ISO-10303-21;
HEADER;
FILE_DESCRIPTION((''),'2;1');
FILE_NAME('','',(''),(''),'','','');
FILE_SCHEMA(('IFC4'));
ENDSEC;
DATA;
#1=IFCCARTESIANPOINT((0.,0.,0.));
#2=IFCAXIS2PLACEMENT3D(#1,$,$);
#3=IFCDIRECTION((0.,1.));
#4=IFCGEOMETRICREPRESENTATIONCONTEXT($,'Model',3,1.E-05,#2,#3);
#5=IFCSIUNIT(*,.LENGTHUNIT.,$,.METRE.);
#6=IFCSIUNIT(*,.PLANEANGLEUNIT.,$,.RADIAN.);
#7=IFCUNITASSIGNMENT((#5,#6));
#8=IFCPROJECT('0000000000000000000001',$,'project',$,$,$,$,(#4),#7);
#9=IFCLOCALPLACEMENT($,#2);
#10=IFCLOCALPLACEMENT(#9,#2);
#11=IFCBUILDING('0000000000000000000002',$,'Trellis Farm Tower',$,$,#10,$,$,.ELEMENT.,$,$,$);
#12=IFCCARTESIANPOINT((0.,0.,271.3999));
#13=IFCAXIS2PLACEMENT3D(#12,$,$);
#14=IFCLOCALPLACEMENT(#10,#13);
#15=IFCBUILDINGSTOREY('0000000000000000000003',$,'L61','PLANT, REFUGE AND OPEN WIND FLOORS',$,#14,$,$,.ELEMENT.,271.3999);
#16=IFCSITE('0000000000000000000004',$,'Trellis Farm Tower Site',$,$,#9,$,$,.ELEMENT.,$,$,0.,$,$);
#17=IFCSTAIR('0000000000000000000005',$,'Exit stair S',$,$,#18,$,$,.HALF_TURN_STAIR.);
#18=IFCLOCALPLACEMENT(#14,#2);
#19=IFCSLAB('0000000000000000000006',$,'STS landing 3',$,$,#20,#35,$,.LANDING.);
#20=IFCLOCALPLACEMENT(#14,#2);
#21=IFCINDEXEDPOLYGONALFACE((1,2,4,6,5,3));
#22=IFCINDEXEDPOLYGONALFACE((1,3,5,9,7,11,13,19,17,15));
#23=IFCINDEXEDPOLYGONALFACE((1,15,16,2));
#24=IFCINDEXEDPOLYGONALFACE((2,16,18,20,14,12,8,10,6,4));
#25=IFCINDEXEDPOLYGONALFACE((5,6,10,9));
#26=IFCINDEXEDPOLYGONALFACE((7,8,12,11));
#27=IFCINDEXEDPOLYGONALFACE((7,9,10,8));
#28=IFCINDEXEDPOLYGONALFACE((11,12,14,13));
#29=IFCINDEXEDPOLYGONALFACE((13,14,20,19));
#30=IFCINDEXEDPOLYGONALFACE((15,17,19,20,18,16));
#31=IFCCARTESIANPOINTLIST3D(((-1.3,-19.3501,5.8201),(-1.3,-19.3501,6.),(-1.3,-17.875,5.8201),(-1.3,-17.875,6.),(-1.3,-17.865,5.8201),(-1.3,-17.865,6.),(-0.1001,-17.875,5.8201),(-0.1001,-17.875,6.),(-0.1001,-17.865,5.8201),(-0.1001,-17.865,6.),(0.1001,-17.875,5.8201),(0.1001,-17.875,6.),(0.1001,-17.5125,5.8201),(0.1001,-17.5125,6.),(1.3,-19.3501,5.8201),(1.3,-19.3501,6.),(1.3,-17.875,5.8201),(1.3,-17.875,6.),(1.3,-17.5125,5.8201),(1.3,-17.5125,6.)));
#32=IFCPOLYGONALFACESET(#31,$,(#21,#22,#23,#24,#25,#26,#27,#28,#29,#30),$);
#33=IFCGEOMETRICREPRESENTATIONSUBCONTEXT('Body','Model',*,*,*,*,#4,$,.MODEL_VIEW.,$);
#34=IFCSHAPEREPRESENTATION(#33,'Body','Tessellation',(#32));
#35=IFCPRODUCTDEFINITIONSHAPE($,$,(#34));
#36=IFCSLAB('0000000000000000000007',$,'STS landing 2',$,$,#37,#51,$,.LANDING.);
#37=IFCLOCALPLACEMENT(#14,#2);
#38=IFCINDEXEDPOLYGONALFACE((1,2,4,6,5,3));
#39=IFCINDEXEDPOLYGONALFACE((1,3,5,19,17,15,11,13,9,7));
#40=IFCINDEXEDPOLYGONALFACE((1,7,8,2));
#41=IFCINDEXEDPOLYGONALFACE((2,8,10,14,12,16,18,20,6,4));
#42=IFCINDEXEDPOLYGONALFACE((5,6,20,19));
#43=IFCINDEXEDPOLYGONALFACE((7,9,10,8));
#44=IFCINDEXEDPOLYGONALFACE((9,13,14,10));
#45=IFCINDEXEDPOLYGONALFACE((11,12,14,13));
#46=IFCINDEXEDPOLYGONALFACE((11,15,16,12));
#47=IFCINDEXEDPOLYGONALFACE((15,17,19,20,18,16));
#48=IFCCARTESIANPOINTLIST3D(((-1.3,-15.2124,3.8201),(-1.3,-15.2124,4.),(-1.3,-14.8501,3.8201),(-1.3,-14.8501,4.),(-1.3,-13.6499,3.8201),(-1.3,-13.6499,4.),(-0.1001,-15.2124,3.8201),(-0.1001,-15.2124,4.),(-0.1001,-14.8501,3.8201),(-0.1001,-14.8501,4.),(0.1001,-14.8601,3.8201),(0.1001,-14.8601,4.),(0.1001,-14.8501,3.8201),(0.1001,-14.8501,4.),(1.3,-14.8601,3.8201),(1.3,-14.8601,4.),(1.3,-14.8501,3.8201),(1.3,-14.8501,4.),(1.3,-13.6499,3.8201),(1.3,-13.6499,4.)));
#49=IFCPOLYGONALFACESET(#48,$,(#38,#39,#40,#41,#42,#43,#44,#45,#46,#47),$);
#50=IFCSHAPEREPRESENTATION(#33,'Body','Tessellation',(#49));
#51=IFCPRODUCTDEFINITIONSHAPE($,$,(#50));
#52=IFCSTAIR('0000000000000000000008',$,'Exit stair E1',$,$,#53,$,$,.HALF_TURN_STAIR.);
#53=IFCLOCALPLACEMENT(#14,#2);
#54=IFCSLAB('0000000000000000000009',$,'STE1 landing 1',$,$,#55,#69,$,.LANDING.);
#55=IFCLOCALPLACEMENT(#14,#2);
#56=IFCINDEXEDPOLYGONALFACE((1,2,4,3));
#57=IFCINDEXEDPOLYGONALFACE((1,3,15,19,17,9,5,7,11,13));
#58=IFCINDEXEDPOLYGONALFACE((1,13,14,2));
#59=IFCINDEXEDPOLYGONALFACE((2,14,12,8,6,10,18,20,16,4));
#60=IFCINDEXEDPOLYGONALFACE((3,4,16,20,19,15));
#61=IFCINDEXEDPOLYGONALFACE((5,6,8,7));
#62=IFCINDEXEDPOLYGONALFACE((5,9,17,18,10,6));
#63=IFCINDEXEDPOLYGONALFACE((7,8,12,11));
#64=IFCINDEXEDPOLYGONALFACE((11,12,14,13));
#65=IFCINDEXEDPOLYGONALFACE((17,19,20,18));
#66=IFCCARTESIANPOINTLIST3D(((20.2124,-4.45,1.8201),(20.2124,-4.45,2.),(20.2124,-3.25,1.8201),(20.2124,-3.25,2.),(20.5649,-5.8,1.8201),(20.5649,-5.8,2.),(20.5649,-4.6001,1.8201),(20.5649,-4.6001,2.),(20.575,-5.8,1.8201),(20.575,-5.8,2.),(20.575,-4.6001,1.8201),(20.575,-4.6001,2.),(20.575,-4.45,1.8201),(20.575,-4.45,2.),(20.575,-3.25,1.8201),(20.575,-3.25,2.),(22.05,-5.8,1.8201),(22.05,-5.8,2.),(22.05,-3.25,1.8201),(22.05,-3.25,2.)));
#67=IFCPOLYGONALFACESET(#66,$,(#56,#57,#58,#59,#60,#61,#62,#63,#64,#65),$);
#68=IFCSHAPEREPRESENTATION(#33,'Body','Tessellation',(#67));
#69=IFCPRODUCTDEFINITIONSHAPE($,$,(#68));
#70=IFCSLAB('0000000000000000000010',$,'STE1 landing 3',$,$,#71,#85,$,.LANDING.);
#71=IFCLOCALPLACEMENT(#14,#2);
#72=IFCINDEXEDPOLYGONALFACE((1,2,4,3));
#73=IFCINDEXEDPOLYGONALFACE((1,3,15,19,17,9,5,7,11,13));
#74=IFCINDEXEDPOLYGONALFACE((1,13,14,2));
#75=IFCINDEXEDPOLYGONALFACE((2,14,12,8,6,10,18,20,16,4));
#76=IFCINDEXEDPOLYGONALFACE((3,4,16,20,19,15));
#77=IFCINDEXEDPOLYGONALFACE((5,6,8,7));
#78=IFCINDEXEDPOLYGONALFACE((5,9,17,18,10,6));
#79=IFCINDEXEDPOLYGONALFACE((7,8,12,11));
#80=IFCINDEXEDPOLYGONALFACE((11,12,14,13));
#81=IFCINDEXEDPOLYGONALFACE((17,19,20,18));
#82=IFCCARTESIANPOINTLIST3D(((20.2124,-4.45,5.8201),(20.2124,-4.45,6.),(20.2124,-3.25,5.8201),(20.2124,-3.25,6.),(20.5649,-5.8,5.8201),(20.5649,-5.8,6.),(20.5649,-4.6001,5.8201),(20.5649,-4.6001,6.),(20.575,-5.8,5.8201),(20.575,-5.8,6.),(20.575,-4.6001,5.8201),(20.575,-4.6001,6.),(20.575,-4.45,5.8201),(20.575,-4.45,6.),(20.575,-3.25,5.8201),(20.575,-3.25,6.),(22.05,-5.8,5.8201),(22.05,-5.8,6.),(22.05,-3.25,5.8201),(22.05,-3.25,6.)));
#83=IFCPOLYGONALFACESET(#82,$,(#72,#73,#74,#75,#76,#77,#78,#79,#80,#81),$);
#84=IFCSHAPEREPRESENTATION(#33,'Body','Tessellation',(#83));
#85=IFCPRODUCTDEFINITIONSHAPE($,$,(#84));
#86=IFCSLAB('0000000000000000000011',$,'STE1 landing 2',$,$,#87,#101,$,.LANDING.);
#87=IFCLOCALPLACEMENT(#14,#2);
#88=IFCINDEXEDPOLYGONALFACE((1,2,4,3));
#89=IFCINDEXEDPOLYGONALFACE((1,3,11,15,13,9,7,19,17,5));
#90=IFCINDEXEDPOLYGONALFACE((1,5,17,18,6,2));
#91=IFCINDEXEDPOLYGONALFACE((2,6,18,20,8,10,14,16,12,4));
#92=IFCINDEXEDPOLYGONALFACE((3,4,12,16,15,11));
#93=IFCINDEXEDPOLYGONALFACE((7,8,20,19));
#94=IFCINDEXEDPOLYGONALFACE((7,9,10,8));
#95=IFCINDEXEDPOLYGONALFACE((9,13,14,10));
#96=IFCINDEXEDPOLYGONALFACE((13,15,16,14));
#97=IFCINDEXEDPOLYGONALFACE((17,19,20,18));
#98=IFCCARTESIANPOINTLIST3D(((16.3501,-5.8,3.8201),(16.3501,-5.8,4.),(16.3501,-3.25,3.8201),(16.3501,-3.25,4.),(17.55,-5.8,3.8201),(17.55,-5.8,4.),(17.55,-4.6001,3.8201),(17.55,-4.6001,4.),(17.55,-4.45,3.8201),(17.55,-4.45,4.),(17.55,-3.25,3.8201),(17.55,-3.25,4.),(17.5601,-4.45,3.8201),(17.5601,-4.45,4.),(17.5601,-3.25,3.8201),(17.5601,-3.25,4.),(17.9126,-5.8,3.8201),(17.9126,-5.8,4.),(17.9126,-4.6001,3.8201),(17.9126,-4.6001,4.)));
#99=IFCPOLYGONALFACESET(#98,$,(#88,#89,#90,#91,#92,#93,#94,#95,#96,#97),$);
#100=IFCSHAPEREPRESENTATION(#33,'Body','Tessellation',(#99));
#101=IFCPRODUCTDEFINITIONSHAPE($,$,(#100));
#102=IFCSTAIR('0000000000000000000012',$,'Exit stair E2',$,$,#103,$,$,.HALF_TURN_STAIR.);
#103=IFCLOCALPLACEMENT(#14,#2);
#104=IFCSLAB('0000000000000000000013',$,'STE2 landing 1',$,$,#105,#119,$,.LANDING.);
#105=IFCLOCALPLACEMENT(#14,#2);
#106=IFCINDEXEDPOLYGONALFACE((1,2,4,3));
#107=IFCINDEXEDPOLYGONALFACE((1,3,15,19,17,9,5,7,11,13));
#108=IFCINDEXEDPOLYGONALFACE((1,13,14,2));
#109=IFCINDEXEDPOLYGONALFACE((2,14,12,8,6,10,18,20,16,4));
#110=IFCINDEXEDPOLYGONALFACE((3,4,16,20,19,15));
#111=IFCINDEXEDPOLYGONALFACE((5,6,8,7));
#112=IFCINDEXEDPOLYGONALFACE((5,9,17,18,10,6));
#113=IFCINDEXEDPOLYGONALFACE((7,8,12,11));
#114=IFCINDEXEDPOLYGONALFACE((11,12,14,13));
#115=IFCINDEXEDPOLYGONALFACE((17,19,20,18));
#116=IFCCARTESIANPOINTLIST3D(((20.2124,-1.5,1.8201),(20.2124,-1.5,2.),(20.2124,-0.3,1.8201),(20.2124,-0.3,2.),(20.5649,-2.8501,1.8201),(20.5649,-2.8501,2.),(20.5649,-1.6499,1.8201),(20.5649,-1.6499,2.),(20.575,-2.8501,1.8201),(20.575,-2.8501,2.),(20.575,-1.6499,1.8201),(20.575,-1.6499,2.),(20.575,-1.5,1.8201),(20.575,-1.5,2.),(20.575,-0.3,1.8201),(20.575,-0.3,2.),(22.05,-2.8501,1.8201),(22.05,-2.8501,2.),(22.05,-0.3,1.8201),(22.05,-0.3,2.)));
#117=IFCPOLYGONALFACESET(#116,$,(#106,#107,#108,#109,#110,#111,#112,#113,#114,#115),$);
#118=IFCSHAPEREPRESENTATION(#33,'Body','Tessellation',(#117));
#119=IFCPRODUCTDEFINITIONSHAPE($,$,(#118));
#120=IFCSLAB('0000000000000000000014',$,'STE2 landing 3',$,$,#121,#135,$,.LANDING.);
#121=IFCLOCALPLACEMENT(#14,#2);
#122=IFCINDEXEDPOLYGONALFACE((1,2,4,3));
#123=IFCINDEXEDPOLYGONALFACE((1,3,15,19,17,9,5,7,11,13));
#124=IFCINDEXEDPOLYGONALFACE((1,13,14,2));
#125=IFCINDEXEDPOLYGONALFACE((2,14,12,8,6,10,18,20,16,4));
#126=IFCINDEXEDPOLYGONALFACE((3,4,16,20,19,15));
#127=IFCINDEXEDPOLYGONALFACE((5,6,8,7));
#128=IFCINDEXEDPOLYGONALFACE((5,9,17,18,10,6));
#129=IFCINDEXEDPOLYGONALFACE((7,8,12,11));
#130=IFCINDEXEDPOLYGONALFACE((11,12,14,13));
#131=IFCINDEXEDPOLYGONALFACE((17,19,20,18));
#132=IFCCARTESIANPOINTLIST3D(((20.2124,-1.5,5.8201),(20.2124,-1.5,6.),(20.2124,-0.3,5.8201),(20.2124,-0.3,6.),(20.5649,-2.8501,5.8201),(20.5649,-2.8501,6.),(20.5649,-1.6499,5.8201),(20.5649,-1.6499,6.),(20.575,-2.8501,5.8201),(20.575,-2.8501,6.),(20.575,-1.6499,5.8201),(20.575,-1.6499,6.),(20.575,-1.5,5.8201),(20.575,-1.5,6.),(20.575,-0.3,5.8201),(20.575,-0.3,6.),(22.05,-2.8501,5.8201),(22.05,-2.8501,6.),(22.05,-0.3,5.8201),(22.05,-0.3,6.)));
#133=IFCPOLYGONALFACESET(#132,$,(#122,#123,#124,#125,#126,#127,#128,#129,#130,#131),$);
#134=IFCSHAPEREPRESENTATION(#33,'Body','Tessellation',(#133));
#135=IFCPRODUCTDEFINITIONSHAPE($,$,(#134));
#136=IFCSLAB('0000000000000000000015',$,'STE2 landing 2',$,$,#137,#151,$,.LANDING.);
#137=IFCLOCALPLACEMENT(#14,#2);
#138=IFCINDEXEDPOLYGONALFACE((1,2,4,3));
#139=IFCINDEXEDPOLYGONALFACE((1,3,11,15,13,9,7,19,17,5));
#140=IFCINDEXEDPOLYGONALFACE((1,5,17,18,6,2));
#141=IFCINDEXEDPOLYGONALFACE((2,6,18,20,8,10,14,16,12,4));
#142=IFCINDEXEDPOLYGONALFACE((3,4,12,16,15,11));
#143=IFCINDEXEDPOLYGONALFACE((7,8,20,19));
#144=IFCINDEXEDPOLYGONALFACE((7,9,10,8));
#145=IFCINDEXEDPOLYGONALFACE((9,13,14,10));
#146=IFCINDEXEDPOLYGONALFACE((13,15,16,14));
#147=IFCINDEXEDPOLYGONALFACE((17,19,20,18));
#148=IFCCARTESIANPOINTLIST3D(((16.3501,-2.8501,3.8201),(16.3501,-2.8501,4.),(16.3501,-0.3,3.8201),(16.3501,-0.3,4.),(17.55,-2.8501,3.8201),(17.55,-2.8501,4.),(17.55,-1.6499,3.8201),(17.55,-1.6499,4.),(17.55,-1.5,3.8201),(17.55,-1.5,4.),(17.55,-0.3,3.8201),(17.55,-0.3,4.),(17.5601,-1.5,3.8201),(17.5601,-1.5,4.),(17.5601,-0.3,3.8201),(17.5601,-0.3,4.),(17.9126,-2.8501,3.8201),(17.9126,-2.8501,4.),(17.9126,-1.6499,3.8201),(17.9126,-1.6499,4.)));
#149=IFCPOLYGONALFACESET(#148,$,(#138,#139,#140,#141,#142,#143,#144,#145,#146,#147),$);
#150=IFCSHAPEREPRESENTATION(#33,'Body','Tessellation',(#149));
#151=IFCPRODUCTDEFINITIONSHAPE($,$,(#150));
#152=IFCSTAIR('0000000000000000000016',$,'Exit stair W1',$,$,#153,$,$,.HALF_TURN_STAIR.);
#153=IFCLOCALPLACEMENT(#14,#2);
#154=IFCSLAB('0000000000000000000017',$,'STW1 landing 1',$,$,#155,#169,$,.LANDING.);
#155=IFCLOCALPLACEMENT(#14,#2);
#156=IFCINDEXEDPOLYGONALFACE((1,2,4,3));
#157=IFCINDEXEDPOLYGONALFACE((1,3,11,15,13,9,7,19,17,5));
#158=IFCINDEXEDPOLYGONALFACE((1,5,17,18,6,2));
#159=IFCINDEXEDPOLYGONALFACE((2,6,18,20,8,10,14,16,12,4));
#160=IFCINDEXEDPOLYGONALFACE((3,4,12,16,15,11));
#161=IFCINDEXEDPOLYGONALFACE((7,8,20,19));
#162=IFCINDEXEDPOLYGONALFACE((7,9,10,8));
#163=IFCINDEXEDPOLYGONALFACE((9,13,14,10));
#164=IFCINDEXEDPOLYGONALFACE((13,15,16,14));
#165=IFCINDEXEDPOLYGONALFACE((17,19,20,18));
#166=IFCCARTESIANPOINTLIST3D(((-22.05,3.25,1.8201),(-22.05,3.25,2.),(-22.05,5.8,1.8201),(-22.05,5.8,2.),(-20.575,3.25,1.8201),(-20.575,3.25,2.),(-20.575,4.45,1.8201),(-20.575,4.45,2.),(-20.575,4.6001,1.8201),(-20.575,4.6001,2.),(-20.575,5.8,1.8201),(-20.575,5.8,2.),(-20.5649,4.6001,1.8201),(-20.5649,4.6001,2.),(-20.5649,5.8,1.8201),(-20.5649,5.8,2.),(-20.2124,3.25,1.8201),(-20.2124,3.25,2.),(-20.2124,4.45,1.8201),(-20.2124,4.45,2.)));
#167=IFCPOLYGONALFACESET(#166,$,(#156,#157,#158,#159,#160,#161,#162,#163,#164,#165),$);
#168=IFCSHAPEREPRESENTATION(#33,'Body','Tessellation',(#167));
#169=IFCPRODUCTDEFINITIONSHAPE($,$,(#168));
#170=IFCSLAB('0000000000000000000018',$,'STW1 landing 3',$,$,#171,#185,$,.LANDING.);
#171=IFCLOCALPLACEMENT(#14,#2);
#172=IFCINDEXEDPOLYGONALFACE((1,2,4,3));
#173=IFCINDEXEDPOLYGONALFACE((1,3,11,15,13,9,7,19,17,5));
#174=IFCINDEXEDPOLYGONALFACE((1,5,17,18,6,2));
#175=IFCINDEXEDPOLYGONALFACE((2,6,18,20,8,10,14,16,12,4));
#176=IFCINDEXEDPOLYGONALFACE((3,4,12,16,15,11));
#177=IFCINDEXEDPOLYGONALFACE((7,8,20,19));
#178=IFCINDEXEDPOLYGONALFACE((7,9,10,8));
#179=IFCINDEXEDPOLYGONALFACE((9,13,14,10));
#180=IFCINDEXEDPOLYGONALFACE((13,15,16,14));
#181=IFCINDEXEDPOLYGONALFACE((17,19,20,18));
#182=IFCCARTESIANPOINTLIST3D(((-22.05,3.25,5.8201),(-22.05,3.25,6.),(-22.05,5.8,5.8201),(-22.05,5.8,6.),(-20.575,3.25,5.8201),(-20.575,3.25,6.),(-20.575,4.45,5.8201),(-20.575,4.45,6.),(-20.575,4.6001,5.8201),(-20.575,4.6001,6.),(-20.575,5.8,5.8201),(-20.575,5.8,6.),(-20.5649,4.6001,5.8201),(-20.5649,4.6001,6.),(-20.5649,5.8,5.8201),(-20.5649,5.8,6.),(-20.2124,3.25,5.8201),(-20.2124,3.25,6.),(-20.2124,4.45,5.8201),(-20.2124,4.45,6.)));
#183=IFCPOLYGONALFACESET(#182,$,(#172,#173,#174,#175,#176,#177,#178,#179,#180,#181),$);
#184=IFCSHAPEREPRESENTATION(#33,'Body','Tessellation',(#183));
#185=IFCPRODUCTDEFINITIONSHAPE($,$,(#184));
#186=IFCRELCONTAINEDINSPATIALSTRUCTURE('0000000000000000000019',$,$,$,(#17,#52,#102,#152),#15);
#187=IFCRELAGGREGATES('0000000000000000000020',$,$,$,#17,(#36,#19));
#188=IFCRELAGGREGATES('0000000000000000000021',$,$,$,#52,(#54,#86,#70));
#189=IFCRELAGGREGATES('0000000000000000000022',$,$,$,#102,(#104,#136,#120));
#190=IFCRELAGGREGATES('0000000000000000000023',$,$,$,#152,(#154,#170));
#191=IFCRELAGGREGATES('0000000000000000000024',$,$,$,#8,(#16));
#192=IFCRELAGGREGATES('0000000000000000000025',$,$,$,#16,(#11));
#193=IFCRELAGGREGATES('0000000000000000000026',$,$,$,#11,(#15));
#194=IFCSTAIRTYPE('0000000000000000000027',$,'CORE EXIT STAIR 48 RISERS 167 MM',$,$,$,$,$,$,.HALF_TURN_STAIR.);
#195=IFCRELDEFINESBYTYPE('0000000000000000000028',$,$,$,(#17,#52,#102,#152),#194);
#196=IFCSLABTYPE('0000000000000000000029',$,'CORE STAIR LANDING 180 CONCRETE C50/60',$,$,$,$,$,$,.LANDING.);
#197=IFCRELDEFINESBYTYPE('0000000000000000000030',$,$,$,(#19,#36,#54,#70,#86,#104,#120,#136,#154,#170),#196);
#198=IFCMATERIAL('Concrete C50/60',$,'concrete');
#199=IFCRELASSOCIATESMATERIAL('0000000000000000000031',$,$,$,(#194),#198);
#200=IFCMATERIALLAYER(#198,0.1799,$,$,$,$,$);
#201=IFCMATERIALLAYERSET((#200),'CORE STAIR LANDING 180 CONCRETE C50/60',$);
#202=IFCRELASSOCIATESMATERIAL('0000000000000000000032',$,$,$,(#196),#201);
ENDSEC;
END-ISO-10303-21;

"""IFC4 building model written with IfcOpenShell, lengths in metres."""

from ifc_helpers import new_model, si_unit, direction, frame, origin, place, context, subcontext, project, spatial, polyline, outline, extrude, source, transform, mapped, material, layer, layer_set, type_object, element, aggregate, save


model = new_model("IFC4")

# Units and contexts
model_context = context("Model", 3, precision=1e-05, world=origin(), true_north=direction((0.0, 1.0)))
body_context = subcontext(model_context, "Body", "Model", "MODEL_VIEW")
ifc_project = project(units=[si_unit("LENGTHUNIT", "METRE"), si_unit("PLANEANGLEUNIT", "RADIAN")], contexts=[model_context])

# Site, building, storey
site_placement = place(None, origin())
site = spatial("IfcSite", under=ifc_project, at=site_placement, Name="Trellis Farm Tower Site", CompositionType="ELEMENT", RefElevation=0.0)
building_placement = place(site_placement, origin())
building = spatial("IfcBuilding", under=site, at=building_placement, Name="Trellis Farm Tower", CompositionType="ELEMENT")
storey_placement = place(building_placement, frame((0.0, 0.0, 271.3999)))
storey = spatial("IfcBuildingStorey", under=building, at=storey_placement, Name="L61", Description="PLANT, REFUGE AND OPEN WIND FLOORS", CompositionType="ELEMENT", Elevation=271.3999)

# Stairs, slabs
ifc_material_1 = material(Name="Concrete C50/60", Category="concrete")
stair_type = type_object("IfcStairType", Name="CORE EXIT STAIR 48 RISERS 167 MM", PredefinedType="HALF_TURN_STAIR", material=ifc_material_1)
placement_1 = place(storey_placement, origin())
stair_1 = element("IfcStair", 1, at=placement_1, inside=storey, type_object=stair_type, Name="Exit stair S", PredefinedType="HALF_TURN_STAIR")
ifc_layer_1 = layer(ifc_material_1, 0.1799)
ifc_layer_set_1 = layer_set([ifc_layer_1], Name="CORE STAIR LANDING 180 CONCRETE C50/60")
slab_type = type_object("IfcSlabType", Name="CORE STAIR LANDING 180 CONCRETE C50/60", PredefinedType="LANDING", material=ifc_layer_set_1)
shared_shape_1 = source(origin(), body_context, "Body", "SweptSolid", [
    extrude(outline(polyline([(1.3, -19.3501), (-1.3, -19.3501), (-1.3, -17.875), (-1.3, -17.865), (-0.1001, -17.865), (-0.1001, -17.875), (0.1001, -17.875), (0.1001, -17.5125), (1.3, -17.5125), (1.3, -17.875), (1.3, -19.3501)])), origin(), (0.0, 0.0, 1.0), 0.1799),
])
placement_2 = place(storey_placement, frame((0.0, 0.0, 5.8201)))
slab_1 = element("IfcSlab", 2, at=placement_2, type_object=slab_type, Name="STS landing 3", PredefinedType="LANDING", context=body_context, shape_type="MappedRepresentation", body=[
    mapped(shared_shape_1, transform((0.0, 0.0, 0.0))),
])
shared_shape_2 = source(origin(), body_context, "Body", "SweptSolid", [
    extrude(outline(polyline([(-0.1001, -15.2124), (-1.3, -15.2124), (-1.3, -14.8501), (-1.3, -13.6499), (1.3, -13.6499), (1.3, -14.8501), (1.3, -14.8601), (0.1001, -14.8601), (0.1001, -14.8501), (-0.1001, -14.8501), (-0.1001, -15.2124)])), origin(), (0.0, 0.0, 1.0), 0.1799),
])
placement_3 = place(storey_placement, frame((0.0, 0.0, 3.8201)))
slab_2 = element("IfcSlab", 3, at=placement_3, type_object=slab_type, Name="STS landing 2", PredefinedType="LANDING", context=body_context, shape_type="MappedRepresentation", body=[
    mapped(shared_shape_2, transform((0.0, 0.0, 0.0))),
])
aggregate(stair_1, [slab_2, slab_1])
stair_2 = element("IfcStair", 4, at=placement_1, inside=storey, type_object=stair_type, Name="Exit stair E1", PredefinedType="HALF_TURN_STAIR")
shared_shape_3 = source(origin(), body_context, "Body", "SweptSolid", [
    extrude(outline(polyline([(20.5649, -5.8), (20.5649, -4.6001), (20.575, -4.6001), (20.575, -4.45), (20.2124, -4.45), (20.2124, -3.25), (20.575, -3.25), (22.05, -3.25), (22.05, -5.8), (20.575, -5.8), (20.5649, -5.8)])), origin(), (0.0, 0.0, 1.0), 0.1799),
])
placement_4 = place(storey_placement, frame((0.0, 0.0, 1.8201)))
slab_3 = element("IfcSlab", 5, at=placement_4, type_object=slab_type, Name="STE1 landing 1", PredefinedType="LANDING", context=body_context, shape_type="MappedRepresentation", body=[
    mapped(shared_shape_3, transform((0.0, 0.0, 0.0))),
])
slab_4 = element("IfcSlab", 6, at=placement_2, type_object=slab_type, Name="STE1 landing 3", PredefinedType="LANDING", context=body_context, shape_type="MappedRepresentation", body=[
    mapped(shared_shape_3, transform((0.0, 0.0, 0.0))),
])
shared_shape_4 = source(origin(), body_context, "Body", "SweptSolid", [
    extrude(outline(polyline([(17.9126, -4.6001), (17.9126, -5.8), (17.55, -5.8), (16.3501, -5.8), (16.3501, -3.25), (17.55, -3.25), (17.5601, -3.25), (17.5601, -4.45), (17.55, -4.45), (17.55, -4.6001), (17.9126, -4.6001)])), origin(), (0.0, 0.0, 1.0), 0.1799),
])
slab_5 = element("IfcSlab", 7, at=placement_3, type_object=slab_type, Name="STE1 landing 2", PredefinedType="LANDING", context=body_context, shape_type="MappedRepresentation", body=[
    mapped(shared_shape_4, transform((0.0, 0.0, 0.0))),
])
aggregate(stair_2, [slab_3, slab_5, slab_4])
stair_3 = element("IfcStair", 8, at=placement_1, inside=storey, type_object=stair_type, Name="Exit stair E2", PredefinedType="HALF_TURN_STAIR")
shared_shape_5 = source(origin(), body_context, "Body", "SweptSolid", [
    extrude(outline(polyline([(20.5649, -2.8501), (20.5649, -1.6499), (20.575, -1.6499), (20.575, -1.5), (20.2124, -1.5), (20.2124, -0.3), (20.575, -0.3), (22.05, -0.3), (22.05, -2.8501), (20.575, -2.8501), (20.5649, -2.8501)])), origin(), (0.0, 0.0, 1.0), 0.1799),
])
slab_6 = element("IfcSlab", 9, at=placement_4, type_object=slab_type, Name="STE2 landing 1", PredefinedType="LANDING", context=body_context, shape_type="MappedRepresentation", body=[
    mapped(shared_shape_5, transform((0.0, 0.0, 0.0))),
])
slab_7 = element("IfcSlab", 10, at=placement_2, type_object=slab_type, Name="STE2 landing 3", PredefinedType="LANDING", context=body_context, shape_type="MappedRepresentation", body=[
    mapped(shared_shape_5, transform((0.0, 0.0, 0.0))),
])
shared_shape_6 = source(origin(), body_context, "Body", "SweptSolid", [
    extrude(outline(polyline([(17.9126, -1.6499), (17.9126, -2.8501), (17.55, -2.8501), (16.3501, -2.8501), (16.3501, -0.3), (17.55, -0.3), (17.5601, -0.3), (17.5601, -1.5), (17.55, -1.5), (17.55, -1.6499), (17.9126, -1.6499)])), origin(), (0.0, 0.0, 1.0), 0.1799),
])
slab_8 = element("IfcSlab", 11, at=placement_3, type_object=slab_type, Name="STE2 landing 2", PredefinedType="LANDING", context=body_context, shape_type="MappedRepresentation", body=[
    mapped(shared_shape_6, transform((0.0, 0.0, 0.0))),
])
aggregate(stair_3, [slab_6, slab_8, slab_7])
stair_4 = element("IfcStair", 12, at=placement_1, inside=storey, type_object=stair_type, Name="Exit stair W1", PredefinedType="HALF_TURN_STAIR")
shared_shape_7 = source(origin(), body_context, "Body", "SweptSolid", [
    extrude(outline(polyline([(-20.2124, 4.45), (-20.2124, 3.25), (-20.575, 3.25), (-22.05, 3.25), (-22.05, 5.8), (-20.575, 5.8), (-20.5649, 5.8), (-20.5649, 4.6001), (-20.575, 4.6001), (-20.575, 4.45), (-20.2124, 4.45)])), origin(), (0.0, 0.0, 1.0), 0.1799),
])
slab_9 = element("IfcSlab", 13, at=placement_4, type_object=slab_type, Name="STW1 landing 1", PredefinedType="LANDING", context=body_context, shape_type="MappedRepresentation", body=[
    mapped(shared_shape_7, transform((0.0, 0.0, 0.0))),
])
slab_10 = element("IfcSlab", 14, at=placement_2, type_object=slab_type, Name="STW1 landing 3", PredefinedType="LANDING", context=body_context, shape_type="MappedRepresentation", body=[
    mapped(shared_shape_7, transform((0.0, 0.0, 0.0))),
])
aggregate(stair_4, [slab_9, slab_10])

save(model, "model.ifc")
